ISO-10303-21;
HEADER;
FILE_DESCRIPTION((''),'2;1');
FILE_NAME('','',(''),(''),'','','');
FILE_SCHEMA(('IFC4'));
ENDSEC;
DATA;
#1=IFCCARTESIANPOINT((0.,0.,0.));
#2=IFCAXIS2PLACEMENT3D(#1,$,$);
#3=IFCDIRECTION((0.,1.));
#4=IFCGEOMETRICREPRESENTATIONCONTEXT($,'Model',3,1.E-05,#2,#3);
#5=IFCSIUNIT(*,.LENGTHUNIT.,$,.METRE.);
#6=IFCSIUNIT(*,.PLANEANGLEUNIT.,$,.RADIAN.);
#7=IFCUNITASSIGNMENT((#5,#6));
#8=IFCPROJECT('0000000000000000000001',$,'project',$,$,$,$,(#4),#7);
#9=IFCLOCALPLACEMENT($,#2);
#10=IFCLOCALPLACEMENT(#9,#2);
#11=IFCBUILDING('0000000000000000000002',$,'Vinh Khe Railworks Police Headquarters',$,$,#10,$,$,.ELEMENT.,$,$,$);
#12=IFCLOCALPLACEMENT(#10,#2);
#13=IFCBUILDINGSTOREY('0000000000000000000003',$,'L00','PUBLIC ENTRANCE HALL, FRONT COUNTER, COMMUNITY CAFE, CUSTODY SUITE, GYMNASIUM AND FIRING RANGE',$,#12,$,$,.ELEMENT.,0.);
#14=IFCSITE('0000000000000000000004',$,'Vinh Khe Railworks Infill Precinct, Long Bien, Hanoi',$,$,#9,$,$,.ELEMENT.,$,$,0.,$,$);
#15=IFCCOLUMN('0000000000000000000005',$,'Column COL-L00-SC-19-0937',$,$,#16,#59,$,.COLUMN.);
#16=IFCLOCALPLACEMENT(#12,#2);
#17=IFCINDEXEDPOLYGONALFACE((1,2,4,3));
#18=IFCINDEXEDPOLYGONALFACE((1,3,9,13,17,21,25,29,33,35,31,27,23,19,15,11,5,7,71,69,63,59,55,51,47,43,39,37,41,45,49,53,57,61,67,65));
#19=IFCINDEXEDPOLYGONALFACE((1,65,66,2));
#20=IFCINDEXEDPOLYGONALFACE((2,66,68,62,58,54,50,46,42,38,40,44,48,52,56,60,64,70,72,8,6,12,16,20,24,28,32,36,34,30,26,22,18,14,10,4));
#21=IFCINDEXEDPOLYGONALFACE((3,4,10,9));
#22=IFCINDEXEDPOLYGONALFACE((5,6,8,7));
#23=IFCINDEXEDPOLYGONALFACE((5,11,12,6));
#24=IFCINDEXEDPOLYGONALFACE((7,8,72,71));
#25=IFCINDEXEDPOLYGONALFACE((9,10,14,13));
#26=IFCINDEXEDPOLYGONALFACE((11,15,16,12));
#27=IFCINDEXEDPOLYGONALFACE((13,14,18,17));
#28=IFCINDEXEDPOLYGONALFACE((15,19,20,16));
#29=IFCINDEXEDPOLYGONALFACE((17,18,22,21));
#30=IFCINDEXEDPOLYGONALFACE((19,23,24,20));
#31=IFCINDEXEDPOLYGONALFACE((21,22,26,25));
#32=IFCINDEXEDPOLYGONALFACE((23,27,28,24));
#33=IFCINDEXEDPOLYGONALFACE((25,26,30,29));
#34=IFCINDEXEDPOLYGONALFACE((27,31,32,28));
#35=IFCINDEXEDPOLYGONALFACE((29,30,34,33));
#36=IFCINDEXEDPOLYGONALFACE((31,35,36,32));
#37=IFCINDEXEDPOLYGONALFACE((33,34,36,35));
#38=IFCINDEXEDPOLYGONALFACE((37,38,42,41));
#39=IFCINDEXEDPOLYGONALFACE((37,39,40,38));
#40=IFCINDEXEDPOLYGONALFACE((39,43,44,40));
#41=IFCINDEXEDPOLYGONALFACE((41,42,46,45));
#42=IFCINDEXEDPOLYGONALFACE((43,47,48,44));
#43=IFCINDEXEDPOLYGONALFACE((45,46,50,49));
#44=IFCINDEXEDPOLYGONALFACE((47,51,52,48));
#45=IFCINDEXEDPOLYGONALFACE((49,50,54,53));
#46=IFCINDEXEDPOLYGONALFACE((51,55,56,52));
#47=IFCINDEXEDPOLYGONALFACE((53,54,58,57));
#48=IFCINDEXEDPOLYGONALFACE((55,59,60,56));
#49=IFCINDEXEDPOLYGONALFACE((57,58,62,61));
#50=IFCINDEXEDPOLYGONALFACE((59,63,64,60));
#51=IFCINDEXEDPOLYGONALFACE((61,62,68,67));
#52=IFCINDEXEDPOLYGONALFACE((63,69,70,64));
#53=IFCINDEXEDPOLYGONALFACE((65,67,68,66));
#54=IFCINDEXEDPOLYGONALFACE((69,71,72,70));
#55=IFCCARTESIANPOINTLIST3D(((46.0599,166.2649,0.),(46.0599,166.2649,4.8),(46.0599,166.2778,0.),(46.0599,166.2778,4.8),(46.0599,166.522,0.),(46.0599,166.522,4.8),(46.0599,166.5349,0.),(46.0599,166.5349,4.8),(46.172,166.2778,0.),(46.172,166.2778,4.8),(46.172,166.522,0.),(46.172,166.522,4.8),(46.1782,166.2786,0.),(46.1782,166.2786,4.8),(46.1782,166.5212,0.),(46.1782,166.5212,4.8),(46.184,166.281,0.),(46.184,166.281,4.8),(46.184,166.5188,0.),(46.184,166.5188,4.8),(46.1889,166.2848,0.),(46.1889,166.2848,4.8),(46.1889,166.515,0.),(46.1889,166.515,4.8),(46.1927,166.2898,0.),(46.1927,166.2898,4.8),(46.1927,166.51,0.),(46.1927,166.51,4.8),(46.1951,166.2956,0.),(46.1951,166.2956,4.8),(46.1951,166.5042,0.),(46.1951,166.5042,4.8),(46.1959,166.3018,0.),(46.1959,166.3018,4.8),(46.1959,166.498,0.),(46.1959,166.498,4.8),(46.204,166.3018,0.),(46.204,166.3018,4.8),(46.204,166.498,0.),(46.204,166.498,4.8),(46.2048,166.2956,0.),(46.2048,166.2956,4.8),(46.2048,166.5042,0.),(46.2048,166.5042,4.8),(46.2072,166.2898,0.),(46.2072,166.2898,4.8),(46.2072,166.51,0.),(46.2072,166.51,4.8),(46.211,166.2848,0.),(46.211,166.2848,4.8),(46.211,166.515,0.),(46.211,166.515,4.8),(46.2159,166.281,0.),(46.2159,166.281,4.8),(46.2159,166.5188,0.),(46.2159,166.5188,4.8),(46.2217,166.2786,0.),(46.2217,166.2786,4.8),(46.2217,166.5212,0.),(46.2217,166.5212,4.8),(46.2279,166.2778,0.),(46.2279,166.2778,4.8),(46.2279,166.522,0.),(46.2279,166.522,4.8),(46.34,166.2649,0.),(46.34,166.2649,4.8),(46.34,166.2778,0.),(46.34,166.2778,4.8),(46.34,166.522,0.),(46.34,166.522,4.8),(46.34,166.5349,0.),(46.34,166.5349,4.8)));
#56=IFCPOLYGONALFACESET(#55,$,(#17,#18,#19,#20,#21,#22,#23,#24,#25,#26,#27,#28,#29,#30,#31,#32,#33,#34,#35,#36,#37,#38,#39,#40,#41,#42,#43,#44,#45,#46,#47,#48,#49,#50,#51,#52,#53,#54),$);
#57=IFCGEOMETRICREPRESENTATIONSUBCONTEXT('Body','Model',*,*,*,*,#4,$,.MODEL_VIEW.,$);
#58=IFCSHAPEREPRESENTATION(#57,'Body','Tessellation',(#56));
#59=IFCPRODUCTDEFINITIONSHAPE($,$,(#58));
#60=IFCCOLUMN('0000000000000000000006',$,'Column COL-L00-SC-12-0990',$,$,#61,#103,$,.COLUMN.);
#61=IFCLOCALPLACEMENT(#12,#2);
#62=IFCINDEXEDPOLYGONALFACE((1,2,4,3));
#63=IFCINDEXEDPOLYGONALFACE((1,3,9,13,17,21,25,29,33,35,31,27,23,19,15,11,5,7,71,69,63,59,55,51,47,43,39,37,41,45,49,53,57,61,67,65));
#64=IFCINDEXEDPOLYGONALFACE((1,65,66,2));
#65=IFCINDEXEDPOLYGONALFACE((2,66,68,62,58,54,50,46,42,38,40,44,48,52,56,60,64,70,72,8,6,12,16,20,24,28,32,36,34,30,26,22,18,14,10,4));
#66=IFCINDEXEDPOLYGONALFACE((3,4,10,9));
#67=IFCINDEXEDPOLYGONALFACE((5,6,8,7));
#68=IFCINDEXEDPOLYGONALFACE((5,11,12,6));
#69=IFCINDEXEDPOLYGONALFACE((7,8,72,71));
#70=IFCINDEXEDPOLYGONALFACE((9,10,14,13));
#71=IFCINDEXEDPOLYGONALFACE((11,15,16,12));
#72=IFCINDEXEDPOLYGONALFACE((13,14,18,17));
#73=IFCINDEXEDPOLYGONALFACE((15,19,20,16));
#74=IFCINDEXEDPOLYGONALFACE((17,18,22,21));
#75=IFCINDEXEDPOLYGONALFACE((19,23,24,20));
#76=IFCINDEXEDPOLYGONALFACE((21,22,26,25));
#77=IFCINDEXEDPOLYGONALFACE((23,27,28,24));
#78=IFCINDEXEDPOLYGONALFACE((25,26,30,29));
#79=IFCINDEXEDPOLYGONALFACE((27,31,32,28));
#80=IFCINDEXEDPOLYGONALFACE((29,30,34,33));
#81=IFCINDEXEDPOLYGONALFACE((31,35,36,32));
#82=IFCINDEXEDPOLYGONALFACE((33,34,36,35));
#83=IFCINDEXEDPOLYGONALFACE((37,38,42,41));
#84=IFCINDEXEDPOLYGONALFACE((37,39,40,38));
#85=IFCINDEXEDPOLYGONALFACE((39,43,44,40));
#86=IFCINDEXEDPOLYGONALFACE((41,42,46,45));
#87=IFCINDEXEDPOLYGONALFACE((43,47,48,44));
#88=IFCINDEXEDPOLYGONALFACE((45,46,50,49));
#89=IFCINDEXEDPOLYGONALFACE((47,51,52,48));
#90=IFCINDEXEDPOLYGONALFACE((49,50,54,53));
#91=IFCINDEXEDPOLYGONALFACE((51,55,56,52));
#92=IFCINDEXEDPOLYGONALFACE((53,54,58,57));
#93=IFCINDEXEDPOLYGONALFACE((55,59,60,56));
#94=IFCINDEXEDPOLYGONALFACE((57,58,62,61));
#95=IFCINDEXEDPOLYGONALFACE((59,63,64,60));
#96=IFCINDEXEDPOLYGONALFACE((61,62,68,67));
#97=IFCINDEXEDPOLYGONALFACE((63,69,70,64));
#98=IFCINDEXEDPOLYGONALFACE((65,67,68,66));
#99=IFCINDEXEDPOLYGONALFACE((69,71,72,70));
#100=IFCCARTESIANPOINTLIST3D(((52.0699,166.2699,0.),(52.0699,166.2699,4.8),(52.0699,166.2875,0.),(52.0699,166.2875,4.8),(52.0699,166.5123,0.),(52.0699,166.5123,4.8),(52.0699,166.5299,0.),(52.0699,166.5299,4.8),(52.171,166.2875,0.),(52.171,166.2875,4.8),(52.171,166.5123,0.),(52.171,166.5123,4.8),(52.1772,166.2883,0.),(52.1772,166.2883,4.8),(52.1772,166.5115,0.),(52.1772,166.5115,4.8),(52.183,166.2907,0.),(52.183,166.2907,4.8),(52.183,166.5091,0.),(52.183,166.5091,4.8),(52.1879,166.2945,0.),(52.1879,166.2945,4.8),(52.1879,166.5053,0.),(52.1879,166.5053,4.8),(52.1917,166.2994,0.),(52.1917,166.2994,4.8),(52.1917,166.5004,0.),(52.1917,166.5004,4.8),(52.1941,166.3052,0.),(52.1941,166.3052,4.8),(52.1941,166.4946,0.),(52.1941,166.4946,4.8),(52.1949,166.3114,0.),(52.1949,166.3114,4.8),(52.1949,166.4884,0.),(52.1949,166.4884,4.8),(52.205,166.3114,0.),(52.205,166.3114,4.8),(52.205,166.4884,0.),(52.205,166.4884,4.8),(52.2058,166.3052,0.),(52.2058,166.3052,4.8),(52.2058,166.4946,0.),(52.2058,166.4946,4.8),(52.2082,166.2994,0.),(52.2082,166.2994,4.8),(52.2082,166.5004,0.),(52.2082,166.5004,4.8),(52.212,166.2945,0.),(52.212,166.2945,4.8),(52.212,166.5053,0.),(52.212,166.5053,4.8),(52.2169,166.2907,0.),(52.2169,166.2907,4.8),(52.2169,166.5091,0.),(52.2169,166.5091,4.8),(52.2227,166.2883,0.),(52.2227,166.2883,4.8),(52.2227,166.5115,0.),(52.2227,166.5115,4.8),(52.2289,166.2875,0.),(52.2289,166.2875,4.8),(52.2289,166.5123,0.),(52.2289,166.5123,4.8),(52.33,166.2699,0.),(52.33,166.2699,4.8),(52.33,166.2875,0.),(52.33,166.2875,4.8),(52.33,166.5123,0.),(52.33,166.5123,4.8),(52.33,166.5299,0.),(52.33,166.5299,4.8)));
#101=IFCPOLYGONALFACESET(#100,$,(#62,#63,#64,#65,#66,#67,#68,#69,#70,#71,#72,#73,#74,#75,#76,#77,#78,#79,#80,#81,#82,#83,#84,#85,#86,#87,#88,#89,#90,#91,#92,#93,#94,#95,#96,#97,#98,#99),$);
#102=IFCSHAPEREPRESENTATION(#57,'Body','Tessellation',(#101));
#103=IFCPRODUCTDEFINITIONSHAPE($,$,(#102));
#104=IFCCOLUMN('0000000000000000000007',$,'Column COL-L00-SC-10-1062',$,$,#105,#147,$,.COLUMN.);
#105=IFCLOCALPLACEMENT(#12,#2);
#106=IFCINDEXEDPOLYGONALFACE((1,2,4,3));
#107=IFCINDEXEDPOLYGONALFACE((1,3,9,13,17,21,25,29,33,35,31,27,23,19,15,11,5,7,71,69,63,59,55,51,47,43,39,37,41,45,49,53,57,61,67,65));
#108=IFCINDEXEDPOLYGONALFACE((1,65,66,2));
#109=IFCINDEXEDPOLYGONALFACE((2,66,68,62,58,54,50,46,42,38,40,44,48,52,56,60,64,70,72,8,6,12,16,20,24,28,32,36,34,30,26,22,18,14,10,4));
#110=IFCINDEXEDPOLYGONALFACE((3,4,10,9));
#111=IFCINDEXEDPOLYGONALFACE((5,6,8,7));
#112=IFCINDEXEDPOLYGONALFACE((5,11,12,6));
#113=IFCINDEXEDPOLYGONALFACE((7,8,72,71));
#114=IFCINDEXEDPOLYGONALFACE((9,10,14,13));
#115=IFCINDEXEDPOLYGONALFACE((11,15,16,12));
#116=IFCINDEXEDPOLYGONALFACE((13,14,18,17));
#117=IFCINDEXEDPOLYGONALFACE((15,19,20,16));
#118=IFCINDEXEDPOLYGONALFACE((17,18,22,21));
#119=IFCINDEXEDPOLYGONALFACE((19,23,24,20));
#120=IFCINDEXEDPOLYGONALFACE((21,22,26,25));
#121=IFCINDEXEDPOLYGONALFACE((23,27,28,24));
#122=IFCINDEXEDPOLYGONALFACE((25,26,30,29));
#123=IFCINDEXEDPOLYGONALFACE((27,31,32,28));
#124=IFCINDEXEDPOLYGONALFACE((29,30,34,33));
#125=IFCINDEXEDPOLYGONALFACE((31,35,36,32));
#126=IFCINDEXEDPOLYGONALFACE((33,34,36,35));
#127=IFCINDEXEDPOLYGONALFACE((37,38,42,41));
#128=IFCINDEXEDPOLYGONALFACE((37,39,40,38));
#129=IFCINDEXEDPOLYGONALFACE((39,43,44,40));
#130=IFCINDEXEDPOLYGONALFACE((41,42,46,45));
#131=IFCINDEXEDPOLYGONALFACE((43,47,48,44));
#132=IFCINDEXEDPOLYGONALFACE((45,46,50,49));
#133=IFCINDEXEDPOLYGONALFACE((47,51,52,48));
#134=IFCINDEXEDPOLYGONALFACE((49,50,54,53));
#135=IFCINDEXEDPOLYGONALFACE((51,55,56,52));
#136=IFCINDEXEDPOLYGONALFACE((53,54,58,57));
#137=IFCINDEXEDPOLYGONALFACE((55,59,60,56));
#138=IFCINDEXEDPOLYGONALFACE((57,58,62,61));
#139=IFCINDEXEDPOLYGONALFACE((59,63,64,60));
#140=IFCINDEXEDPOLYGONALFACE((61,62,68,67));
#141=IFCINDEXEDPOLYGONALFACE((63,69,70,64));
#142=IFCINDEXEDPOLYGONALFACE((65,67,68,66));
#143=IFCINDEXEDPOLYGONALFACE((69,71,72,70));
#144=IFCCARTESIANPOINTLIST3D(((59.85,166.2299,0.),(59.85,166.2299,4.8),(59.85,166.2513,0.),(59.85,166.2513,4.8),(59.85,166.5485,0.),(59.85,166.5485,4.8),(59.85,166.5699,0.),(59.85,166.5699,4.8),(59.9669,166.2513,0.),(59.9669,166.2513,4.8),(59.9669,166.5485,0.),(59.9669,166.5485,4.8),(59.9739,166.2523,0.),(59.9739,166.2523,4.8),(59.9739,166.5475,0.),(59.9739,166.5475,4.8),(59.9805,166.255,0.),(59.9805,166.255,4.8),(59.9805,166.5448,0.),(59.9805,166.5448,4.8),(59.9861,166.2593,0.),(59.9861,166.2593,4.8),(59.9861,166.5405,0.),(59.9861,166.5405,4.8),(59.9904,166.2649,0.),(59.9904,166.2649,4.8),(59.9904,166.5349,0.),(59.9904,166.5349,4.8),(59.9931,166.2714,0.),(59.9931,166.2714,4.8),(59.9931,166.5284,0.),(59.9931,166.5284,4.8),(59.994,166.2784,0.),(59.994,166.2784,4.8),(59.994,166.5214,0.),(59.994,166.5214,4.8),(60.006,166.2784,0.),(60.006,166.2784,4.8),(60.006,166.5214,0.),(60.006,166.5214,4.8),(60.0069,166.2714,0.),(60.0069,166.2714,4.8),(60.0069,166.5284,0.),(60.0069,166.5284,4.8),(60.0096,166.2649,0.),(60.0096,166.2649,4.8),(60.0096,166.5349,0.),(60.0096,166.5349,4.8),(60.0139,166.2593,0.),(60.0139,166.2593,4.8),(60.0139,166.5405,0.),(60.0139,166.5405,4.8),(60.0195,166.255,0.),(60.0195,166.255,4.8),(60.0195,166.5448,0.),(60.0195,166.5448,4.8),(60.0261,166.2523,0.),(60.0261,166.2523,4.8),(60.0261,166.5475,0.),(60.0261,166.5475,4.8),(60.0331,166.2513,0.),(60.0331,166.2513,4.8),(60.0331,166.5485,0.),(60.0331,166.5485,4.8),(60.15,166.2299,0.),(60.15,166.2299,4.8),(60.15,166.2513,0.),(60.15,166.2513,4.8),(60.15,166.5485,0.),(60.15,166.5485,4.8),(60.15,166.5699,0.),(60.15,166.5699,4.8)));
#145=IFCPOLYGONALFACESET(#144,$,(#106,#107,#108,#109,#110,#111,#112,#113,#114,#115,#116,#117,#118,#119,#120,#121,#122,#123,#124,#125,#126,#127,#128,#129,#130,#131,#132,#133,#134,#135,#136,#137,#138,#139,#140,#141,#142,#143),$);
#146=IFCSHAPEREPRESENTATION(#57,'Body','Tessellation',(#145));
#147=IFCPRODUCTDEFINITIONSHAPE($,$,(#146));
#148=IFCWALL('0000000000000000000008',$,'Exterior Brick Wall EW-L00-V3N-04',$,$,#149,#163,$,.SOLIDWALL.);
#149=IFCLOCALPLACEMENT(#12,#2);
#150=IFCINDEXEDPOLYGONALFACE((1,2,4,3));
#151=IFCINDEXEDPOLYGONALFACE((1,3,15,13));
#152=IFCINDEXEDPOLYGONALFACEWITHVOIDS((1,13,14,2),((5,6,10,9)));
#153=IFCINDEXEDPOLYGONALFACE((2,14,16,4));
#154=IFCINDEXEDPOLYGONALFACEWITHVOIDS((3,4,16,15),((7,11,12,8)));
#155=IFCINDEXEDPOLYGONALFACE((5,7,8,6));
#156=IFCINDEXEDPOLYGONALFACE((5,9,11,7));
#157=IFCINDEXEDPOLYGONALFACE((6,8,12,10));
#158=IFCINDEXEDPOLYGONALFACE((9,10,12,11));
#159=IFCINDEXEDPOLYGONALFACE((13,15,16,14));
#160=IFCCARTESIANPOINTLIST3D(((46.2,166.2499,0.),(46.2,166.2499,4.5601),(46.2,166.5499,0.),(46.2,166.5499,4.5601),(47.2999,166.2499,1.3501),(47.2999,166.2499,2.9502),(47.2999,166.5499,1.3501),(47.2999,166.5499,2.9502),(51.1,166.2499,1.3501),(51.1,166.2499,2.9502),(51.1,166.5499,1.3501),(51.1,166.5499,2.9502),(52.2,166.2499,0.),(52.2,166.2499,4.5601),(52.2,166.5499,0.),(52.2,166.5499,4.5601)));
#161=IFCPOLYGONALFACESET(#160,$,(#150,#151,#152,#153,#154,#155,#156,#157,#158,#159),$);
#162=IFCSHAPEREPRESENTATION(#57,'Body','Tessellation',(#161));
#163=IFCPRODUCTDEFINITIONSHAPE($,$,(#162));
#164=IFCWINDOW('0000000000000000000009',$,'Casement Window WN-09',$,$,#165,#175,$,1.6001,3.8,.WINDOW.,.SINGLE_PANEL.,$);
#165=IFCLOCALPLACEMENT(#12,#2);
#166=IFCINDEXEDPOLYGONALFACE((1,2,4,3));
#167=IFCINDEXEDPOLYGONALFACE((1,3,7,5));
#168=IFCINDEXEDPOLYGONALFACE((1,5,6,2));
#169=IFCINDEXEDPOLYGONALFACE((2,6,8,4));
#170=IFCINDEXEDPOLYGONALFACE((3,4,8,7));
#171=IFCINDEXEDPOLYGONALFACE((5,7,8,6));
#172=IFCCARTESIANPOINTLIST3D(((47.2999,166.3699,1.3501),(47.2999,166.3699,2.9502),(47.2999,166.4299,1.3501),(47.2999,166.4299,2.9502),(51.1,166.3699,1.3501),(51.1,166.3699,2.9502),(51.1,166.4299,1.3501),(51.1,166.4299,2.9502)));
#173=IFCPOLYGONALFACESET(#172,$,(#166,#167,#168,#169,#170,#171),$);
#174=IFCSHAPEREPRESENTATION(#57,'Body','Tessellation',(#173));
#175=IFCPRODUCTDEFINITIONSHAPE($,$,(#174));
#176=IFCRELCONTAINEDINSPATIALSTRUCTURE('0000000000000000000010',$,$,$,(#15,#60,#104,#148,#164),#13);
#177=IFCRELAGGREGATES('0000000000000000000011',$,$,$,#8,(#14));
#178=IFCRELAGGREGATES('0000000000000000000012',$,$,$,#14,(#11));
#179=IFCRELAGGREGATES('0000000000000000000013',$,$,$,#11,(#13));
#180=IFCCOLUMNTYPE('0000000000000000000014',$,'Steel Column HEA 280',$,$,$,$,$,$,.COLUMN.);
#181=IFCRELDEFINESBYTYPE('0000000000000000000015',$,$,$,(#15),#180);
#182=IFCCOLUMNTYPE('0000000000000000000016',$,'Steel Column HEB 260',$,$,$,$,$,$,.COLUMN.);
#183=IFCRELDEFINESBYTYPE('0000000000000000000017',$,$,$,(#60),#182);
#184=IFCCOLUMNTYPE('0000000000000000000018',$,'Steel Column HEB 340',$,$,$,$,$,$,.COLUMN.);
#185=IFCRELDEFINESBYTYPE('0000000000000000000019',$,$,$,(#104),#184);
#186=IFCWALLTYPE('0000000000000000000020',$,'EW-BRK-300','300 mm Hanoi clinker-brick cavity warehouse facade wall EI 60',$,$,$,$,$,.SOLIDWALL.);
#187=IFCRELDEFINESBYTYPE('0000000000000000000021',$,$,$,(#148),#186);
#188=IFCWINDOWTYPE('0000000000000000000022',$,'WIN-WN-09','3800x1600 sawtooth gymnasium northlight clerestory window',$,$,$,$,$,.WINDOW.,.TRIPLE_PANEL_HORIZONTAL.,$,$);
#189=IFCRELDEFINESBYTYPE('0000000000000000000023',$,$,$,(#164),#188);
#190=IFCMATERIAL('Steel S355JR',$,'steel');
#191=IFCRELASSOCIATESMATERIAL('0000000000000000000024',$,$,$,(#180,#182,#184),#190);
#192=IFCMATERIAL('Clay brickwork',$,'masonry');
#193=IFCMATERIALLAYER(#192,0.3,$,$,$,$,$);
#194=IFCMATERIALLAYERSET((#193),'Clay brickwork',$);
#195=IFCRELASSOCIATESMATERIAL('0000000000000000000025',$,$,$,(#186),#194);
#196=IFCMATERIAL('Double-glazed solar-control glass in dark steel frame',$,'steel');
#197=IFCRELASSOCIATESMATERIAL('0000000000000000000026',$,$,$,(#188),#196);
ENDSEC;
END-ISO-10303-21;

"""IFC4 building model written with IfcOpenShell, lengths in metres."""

from ifc_helpers import new_model, si_unit, direction, frame, frame_2d, origin, origin_2d, place, context, subcontext, project, spatial, rectangle, i_section, extrude, material, layer, layer_set, material_profile, profile_set, type_object, element, fill, save


model = new_model("IFC4")

# Units and contexts
model_context = context("Model", 3, precision=1e-05, world=origin(), true_north=direction((0.0, 1.0)))
body_context = subcontext(model_context, "Body", "Model", "MODEL_VIEW")
ifc_project = project(units=[si_unit("LENGTHUNIT", "METRE"), si_unit("PLANEANGLEUNIT", "RADIAN")], contexts=[model_context])

# Site, building, storey
site_placement = place(None, origin())
site = spatial("IfcSite", under=ifc_project, at=site_placement, Name="Vinh Khe Railworks Infill Precinct, Long Bien, Hanoi", CompositionType="ELEMENT", RefElevation=0.0)
building_placement = place(site_placement, origin())
building = spatial("IfcBuilding", under=site, at=building_placement, Name="Vinh Khe Railworks Police Headquarters", CompositionType="ELEMENT")
storey_placement = place(building_placement, origin())
storey = spatial("IfcBuildingStorey", under=building, at=storey_placement, Name="L00", Description="PUBLIC ENTRANCE HALL, FRONT COUNTER, COMMUNITY CAFE, CUSTODY SUITE, GYMNASIUM AND FIRING RANGE", CompositionType="ELEMENT", Elevation=0.0)

# Columns
ifc_material_1 = material(Name="Steel S355JR", Category="steel")
ifc_material_profile_1 = material_profile(ifc_material_1, i_section(OverallWidth=0.28, OverallDepth=0.27, WebThickness=0.0081, FlangeThickness=0.0129, FilletRadius=0.0239, at=origin_2d()), Name="HEA 280")
ifc_profile_set_1 = profile_set([ifc_material_profile_1], Name="Steel S355JR")
column_type_1 = type_object("IfcColumnType", Name="Steel Column HEA 280", PredefinedType="COLUMN", material=ifc_profile_set_1)
column_1_placement = place(storey_placement, frame((46.2, 166.3999, 0.0), z_axis=(0.0, 0.0, 1.0), x_axis=(1.0, 0.0, 0.0)))
element("IfcColumn", 1, at=column_1_placement, inside=storey, type_object=column_type_1, Name="Column COL-L00-SC-19-0937", PredefinedType="COLUMN", context=body_context, shape_type="SweptSolid", body=[
    extrude(i_section(OverallWidth=0.28, OverallDepth=0.27, WebThickness=0.0081, FlangeThickness=0.0129, FilletRadius=0.0239, at=origin_2d()), origin(), (0.0, 0.0, 1.0), 4.8),
])
ifc_material_profile_2 = material_profile(ifc_material_1, i_section(OverallWidth=0.26, OverallDepth=0.26, WebThickness=0.01, FlangeThickness=0.0176, FilletRadius=0.0239, at=origin_2d()), Name="HEB 260")
ifc_profile_set_2 = profile_set([ifc_material_profile_2], Name="Steel S355JR")
column_type_2 = type_object("IfcColumnType", Name="Steel Column HEB 260", PredefinedType="COLUMN", material=ifc_profile_set_2)
column_2_placement = place(storey_placement, frame((52.2, 166.3999, 0.0), z_axis=(0.0, 0.0, 1.0), x_axis=(1.0, 0.0, 0.0)))
element("IfcColumn", 2, at=column_2_placement, inside=storey, type_object=column_type_2, Name="Column COL-L00-SC-12-0990", PredefinedType="COLUMN", context=body_context, shape_type="SweptSolid", body=[
    extrude(i_section(OverallWidth=0.26, OverallDepth=0.26, WebThickness=0.01, FlangeThickness=0.0176, FilletRadius=0.0239, at=origin_2d()), origin(), (0.0, 0.0, 1.0), 4.8),
])
ifc_material_profile_3 = material_profile(ifc_material_1, i_section(OverallWidth=0.3, OverallDepth=0.3401, WebThickness=0.012, FlangeThickness=0.0215, FilletRadius=0.0271, at=origin_2d()), Name="HEB 340")
ifc_profile_set_3 = profile_set([ifc_material_profile_3], Name="Steel S355JR")
column_type_3 = type_object("IfcColumnType", Name="Steel Column HEB 340", PredefinedType="COLUMN", material=ifc_profile_set_3)
column_3_placement = place(storey_placement, frame((60.0, 166.3999, 0.0), z_axis=(0.0, 0.0, 1.0), x_axis=(1.0, 0.0, 0.0)))
element("IfcColumn", 3, at=column_3_placement, inside=storey, type_object=column_type_3, Name="Column COL-L00-SC-10-1062", PredefinedType="COLUMN", context=body_context, shape_type="SweptSolid", body=[
    extrude(i_section(OverallWidth=0.3, OverallDepth=0.3401, WebThickness=0.012, FlangeThickness=0.0215, FilletRadius=0.0271, at=origin_2d()), origin(), (0.0, 0.0, 1.0), 4.8),
])

# Wall, opening, window
ifc_material_2 = material(Name="Clay brickwork", Category="masonry")
ifc_layer = layer(ifc_material_2, 0.3)
ifc_layer_set = layer_set([ifc_layer], Name="Clay brickwork")
wall_type = type_object("IfcWallType", Name="EW-BRK-300", Description="300 mm Hanoi clinker-brick cavity warehouse facade wall EI 60", PredefinedType="SOLIDWALL", material=ifc_layer_set)
wall_1_placement = place(storey_placement, frame((46.2, 166.3999, 0.0), z_axis=(0.0, 0.0, 1.0), x_axis=(1.0, 0.0, 0.0)))
wall_1 = element("IfcWall", 4, at=wall_1_placement, inside=storey, type_object=wall_type, Name="Exterior Brick Wall EW-L00-V3N-04", PredefinedType="SOLIDWALL", context=body_context, shape_type="SweptSolid", body=[
    extrude(rectangle(XDim=6.0, YDim=0.3, at=frame_2d((3.0, 0.0))), origin(), (0.0, 0.0, 1.0), 4.5601),
])
opening_1_placement = place(wall_1_placement, frame((1.1001, 0.0, 1.3501)))
opening_1 = element("IfcOpeningElement", 5, at=opening_1_placement, cuts=wall_1, PredefinedType="OPENING", context=body_context, shape_type="SweptSolid", body=[
    extrude(rectangle(XDim=3.8, YDim=1.6001, at=frame_2d((1.8999, 0.8))), frame((0.0, 0.165, 0.0), z_axis=(0.0, -1.0, 0.0), x_axis=(1.0, 0.0, 0.0)), (0.0, 0.0, 1.0), 0.3298),
])
ifc_material_3 = material(Name="Double-glazed solar-control glass in dark steel frame", Category="steel")
window_type = type_object("IfcWindowType", Name="WIN-WN-09", Description="3800x1600 sawtooth gymnasium northlight clerestory window", PartitioningType="TRIPLE_PANEL_HORIZONTAL", PredefinedType="WINDOW", material=ifc_material_3)
window_1_placement = place(opening_1_placement, origin())
window_1 = element("IfcWindow", 6, at=window_1_placement, inside=storey, type_object=window_type, Name="Casement Window WN-09", OverallHeight=1.6001, OverallWidth=3.8, PartitioningType="SINGLE_PANEL", PredefinedType="WINDOW", context=body_context, shape_type="SweptSolid", body=[
    extrude(rectangle(XDim=3.8, YDim=1.6001, at=frame_2d((1.8999, 0.8))), frame((0.0, 0.03, 0.0), z_axis=(0.0, -1.0, 0.0), x_axis=(1.0, 0.0, 0.0)), (0.0, 0.0, 1.0), 0.0601),
])
fill(opening_1, window_1)

save(model, "model.ifc")
